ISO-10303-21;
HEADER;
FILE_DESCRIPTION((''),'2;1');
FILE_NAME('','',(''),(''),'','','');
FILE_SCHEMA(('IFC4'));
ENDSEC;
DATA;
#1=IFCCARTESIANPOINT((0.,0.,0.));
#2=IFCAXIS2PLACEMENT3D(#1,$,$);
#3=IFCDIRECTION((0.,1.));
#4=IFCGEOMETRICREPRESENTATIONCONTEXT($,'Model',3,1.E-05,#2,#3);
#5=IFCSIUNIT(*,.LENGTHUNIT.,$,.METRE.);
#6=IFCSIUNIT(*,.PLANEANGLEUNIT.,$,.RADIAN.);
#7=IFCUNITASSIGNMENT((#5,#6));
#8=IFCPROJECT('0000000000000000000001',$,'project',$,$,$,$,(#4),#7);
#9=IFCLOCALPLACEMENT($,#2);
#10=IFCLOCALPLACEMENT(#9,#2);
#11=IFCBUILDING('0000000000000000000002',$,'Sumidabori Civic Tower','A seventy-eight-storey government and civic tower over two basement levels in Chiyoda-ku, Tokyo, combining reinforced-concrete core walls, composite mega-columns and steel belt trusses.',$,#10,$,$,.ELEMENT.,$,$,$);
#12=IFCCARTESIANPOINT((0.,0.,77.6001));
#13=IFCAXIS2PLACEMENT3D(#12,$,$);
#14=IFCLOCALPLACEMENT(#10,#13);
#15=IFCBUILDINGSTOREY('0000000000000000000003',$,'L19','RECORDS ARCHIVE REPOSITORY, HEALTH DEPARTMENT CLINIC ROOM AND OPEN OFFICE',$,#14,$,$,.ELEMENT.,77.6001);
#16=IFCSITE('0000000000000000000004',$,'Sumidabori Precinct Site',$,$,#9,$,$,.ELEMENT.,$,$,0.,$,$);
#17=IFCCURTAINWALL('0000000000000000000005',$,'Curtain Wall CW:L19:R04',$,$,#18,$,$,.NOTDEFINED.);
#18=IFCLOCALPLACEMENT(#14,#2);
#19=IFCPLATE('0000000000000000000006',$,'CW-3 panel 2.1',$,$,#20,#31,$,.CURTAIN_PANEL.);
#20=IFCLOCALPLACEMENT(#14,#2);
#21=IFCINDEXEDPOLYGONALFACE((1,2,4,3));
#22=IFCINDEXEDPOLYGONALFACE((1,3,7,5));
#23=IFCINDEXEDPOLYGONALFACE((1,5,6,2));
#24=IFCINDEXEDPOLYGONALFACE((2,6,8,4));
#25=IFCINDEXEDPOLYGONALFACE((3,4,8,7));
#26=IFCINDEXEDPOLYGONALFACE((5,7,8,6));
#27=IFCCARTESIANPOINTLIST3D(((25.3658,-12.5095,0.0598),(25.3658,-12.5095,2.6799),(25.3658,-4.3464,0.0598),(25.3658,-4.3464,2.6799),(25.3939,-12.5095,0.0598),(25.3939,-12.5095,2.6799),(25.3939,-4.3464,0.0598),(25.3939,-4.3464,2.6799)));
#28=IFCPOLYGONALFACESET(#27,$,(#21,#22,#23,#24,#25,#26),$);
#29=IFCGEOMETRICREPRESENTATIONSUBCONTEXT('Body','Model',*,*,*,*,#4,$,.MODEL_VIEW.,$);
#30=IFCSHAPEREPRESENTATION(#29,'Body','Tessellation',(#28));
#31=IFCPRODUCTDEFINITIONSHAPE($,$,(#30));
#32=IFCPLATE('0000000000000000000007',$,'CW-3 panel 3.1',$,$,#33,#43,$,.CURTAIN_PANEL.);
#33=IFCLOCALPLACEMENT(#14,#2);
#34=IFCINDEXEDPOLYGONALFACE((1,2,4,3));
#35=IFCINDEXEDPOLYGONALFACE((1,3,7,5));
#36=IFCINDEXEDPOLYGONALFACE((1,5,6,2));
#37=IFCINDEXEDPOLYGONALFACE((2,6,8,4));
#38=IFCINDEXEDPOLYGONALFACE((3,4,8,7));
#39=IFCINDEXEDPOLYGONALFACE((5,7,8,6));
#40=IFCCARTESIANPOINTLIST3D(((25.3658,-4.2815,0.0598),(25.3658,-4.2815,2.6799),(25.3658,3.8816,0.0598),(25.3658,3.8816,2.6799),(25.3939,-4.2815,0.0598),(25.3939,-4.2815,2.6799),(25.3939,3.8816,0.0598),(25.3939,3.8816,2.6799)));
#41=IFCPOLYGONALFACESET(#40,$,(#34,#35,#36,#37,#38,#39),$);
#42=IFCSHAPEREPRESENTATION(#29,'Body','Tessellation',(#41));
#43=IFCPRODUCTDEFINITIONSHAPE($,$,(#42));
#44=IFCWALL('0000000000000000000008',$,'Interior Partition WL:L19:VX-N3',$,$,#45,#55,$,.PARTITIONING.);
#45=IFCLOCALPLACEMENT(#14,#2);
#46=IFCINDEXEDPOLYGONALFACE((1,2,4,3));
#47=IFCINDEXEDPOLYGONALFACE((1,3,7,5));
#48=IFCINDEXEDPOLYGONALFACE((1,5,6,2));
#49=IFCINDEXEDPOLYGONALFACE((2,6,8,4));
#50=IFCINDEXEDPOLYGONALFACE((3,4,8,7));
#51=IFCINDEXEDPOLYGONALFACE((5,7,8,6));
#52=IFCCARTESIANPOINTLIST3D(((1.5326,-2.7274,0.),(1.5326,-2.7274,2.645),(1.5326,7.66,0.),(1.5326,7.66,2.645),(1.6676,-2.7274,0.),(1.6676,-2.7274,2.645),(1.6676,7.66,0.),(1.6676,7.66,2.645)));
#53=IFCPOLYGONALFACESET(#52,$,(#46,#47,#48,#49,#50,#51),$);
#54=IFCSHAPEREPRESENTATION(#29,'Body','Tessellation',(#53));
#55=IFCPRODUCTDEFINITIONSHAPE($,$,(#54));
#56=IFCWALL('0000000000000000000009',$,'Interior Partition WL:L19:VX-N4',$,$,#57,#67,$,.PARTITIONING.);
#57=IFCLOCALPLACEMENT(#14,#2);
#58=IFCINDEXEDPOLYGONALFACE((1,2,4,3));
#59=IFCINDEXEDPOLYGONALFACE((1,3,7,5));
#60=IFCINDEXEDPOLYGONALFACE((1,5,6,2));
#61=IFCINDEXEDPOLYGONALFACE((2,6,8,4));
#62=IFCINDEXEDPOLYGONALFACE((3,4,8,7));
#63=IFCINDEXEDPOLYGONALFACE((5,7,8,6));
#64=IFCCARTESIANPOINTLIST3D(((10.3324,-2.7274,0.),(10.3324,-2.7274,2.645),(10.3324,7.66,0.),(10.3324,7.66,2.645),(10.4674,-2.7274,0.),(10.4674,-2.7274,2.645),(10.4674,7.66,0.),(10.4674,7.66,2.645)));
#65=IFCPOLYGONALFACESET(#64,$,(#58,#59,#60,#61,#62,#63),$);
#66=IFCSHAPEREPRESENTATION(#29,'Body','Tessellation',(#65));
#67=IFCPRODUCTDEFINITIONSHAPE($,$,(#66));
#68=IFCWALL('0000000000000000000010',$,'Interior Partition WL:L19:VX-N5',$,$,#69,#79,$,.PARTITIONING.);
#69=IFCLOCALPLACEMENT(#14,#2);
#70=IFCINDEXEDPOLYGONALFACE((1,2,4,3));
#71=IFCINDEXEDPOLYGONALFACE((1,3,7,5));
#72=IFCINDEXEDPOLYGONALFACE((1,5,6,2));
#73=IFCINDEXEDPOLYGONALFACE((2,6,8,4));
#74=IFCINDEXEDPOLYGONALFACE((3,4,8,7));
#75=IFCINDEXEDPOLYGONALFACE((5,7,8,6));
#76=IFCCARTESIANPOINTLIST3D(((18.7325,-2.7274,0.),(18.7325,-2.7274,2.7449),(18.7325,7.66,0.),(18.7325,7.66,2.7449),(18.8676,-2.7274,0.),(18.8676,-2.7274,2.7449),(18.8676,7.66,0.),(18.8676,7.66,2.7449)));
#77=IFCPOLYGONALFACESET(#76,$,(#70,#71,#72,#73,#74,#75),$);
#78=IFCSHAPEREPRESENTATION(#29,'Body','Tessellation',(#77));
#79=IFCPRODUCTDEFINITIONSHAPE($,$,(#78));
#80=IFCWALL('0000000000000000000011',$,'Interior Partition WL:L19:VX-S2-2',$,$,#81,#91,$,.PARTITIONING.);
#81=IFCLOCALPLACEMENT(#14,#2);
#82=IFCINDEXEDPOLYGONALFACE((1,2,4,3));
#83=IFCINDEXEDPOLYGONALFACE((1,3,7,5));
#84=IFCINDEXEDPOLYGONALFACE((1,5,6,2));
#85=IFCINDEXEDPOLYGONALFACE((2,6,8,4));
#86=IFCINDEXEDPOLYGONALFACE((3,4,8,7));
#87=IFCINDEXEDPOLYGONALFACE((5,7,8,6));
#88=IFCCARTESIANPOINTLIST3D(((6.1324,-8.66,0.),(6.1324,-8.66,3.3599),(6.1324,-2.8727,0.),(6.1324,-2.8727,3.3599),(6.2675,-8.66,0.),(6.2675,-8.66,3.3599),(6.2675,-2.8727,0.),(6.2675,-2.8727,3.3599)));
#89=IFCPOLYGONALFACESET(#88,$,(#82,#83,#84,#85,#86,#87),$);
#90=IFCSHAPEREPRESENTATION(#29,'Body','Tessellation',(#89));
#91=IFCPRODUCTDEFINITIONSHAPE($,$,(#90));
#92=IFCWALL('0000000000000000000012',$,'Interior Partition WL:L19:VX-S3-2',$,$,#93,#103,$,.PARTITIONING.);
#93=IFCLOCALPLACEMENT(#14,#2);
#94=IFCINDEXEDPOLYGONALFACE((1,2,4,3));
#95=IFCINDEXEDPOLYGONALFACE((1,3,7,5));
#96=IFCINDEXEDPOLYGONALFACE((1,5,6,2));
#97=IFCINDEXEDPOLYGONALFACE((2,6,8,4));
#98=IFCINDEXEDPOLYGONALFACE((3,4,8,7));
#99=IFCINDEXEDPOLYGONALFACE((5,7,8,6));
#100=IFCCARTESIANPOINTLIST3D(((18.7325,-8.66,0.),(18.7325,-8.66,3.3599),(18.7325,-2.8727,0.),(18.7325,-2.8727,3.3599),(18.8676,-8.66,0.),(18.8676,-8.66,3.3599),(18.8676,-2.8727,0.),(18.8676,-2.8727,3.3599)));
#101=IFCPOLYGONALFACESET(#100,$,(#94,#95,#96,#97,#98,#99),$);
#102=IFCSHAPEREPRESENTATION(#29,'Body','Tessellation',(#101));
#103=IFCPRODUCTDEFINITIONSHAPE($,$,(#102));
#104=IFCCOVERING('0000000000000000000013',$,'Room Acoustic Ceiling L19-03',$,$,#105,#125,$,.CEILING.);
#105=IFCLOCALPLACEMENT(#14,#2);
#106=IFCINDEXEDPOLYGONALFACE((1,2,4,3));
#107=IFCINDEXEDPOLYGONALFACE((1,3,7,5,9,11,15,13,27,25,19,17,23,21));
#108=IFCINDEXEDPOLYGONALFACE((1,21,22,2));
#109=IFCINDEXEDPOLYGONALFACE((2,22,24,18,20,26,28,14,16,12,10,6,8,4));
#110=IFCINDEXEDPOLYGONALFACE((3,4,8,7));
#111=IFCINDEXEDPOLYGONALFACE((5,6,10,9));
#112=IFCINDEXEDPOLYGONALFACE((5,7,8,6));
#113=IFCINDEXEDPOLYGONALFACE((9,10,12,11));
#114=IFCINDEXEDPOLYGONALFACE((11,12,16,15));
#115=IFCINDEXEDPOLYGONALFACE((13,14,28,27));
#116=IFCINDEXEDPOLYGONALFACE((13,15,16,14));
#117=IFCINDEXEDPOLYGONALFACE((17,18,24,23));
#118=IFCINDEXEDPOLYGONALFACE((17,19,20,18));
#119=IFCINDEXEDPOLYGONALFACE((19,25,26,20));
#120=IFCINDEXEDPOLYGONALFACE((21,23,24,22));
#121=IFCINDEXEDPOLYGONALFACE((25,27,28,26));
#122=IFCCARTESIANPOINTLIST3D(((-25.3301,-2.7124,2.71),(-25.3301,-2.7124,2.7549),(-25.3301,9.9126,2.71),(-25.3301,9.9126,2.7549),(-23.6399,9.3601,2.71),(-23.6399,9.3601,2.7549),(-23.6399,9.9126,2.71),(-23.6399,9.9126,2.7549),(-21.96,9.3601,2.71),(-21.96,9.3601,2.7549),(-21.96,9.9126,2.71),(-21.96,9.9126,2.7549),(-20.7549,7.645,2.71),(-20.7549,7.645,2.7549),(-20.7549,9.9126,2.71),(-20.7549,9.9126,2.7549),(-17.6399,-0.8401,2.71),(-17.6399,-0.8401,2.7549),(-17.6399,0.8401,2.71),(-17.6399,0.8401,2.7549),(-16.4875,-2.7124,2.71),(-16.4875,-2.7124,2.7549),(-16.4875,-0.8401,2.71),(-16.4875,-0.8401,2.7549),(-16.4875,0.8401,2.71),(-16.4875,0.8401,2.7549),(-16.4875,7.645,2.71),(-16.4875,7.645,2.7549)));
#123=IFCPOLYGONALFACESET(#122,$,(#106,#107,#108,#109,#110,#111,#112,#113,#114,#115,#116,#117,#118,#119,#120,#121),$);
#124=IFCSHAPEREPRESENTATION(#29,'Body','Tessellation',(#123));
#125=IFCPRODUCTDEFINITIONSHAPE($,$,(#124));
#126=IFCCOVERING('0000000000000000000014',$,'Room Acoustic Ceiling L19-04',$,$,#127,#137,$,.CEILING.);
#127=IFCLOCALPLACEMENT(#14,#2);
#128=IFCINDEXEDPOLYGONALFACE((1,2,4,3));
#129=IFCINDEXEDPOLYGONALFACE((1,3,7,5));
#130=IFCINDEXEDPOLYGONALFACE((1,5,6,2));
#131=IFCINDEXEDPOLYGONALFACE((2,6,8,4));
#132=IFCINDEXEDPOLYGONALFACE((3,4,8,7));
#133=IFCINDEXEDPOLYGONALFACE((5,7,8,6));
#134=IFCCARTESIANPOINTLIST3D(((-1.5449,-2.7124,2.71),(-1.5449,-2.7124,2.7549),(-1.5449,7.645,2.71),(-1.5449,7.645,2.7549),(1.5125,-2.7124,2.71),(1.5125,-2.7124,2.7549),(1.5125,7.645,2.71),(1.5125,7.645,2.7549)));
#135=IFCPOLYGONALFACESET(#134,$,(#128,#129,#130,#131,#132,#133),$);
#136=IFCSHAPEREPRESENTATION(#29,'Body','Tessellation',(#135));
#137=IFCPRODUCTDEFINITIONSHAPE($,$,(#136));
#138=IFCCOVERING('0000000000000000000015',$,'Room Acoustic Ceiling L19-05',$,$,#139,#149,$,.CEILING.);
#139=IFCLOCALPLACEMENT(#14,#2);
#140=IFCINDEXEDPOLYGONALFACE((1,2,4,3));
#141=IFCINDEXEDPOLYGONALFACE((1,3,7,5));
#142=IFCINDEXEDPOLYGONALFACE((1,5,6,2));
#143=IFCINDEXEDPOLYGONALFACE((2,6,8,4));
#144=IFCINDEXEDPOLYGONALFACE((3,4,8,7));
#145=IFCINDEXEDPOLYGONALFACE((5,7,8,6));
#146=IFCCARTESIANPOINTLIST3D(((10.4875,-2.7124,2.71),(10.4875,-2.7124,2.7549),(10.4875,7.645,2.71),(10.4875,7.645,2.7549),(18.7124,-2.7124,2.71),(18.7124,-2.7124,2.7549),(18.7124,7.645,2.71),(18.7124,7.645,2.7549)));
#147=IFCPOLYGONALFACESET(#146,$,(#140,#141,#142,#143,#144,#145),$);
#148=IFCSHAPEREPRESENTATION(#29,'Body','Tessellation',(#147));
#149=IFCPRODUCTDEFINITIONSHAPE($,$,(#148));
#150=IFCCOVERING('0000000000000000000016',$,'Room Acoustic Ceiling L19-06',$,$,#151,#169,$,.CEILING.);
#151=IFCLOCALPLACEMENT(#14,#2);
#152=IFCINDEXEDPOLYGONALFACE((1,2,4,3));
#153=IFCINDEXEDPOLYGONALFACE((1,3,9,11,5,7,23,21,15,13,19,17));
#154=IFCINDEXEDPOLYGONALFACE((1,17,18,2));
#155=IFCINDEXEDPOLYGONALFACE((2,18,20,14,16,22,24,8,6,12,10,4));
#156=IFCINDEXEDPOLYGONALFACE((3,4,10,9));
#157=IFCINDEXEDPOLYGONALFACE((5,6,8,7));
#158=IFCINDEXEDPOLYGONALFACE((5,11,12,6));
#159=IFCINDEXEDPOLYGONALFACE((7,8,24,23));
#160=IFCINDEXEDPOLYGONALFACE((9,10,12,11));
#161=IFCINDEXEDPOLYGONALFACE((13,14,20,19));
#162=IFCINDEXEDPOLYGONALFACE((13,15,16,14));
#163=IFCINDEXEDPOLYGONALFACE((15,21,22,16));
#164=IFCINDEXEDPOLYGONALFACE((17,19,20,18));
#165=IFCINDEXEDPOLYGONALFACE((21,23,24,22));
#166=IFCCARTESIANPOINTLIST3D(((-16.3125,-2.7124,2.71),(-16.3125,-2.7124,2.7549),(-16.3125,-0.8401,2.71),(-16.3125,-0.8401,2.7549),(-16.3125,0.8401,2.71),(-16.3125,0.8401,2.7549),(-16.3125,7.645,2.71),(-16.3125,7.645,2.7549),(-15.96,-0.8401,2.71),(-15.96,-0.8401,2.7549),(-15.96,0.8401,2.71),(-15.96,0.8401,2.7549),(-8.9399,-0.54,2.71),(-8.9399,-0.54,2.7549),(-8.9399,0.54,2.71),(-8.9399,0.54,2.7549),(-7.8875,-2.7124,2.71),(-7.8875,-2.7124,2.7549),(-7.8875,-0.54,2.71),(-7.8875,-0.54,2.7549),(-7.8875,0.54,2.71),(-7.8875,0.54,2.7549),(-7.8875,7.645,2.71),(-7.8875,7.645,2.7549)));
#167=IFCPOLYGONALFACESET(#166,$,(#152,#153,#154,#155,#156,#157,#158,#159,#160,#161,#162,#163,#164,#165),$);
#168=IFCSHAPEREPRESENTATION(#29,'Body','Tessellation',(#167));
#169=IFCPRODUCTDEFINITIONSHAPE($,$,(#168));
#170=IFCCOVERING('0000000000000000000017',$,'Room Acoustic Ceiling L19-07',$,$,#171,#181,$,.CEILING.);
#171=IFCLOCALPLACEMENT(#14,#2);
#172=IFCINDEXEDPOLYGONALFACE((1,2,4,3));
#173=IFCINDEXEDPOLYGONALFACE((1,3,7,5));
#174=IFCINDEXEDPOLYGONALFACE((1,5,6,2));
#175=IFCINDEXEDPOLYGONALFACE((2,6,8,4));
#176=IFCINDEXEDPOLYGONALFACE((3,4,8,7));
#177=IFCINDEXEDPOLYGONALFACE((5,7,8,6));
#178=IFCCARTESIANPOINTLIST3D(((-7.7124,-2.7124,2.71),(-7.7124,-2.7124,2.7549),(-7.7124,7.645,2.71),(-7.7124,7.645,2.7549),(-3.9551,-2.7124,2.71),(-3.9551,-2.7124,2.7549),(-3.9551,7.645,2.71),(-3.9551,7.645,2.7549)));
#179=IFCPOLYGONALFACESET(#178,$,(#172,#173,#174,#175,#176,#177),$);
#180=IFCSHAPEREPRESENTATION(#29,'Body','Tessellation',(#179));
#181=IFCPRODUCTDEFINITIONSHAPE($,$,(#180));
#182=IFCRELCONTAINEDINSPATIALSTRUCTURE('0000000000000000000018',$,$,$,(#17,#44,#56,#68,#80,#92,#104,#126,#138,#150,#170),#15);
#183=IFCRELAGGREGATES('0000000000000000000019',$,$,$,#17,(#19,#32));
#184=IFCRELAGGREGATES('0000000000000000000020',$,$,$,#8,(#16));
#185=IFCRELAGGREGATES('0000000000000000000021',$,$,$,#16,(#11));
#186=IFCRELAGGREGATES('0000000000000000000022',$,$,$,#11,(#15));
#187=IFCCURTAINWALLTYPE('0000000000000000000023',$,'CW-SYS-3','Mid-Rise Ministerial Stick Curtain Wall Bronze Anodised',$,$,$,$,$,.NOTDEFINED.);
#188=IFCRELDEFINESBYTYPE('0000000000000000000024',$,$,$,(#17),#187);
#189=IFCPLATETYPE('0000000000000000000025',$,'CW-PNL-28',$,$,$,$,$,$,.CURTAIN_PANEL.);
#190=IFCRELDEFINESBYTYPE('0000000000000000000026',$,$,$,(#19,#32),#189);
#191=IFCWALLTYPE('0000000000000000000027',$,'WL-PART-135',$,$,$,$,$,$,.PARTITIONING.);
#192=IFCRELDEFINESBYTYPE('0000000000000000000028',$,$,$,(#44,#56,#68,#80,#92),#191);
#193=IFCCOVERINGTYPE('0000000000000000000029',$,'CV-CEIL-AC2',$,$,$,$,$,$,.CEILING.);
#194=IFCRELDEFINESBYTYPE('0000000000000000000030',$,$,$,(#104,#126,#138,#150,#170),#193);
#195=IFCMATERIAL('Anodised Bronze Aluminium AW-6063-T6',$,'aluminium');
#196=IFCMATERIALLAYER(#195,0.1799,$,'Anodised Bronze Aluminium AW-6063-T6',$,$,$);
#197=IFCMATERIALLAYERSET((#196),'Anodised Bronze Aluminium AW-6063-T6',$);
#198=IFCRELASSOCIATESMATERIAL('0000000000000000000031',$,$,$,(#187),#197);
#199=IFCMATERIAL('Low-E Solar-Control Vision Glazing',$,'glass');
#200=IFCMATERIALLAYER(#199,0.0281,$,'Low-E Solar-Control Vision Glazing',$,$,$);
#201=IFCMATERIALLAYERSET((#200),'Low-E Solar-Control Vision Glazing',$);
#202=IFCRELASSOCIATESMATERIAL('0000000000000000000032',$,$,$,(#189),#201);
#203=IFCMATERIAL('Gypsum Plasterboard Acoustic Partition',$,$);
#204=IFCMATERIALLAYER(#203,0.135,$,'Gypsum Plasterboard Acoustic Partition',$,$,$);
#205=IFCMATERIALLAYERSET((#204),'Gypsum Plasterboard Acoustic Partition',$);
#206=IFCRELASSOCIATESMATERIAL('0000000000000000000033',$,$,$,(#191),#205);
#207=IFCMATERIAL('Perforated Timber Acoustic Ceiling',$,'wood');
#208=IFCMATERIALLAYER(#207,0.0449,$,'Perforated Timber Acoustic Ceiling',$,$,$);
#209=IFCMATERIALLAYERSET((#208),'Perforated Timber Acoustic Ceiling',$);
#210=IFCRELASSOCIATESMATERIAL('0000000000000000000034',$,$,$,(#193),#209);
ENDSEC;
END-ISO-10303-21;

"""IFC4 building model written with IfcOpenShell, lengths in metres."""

from ifc_helpers import new_model, si_unit, direction, frame, frame_2d, origin, origin_2d, place, context, subcontext, project, spatial, polyline, rectangle, outline, extrude, source, transform, mapped, material, layer, layer_set, type_object, element, aggregate, save


model = new_model("IFC4")

# Units and contexts
model_context = context("Model", 3, precision=1e-05, world=origin(), true_north=direction((0.0, 1.0)))
body_context = subcontext(model_context, "Body", "Model", "MODEL_VIEW")
ifc_project = project(units=[si_unit("LENGTHUNIT", "METRE"), si_unit("PLANEANGLEUNIT", "RADIAN")], contexts=[model_context])

# Site, building, storey
site_placement = place(None, origin())
site = spatial("IfcSite", under=ifc_project, at=site_placement, Name="Sumidabori Precinct Site", CompositionType="ELEMENT", RefElevation=0.0)
building_placement = place(site_placement, origin())
building = spatial("IfcBuilding", under=site, at=building_placement, Name="Sumidabori Civic Tower", Description="A seventy-eight-storey government and civic tower over two basement levels in Chiyoda-ku, Tokyo, combining reinforced-concrete core walls, composite mega-columns and steel belt trusses.", CompositionType="ELEMENT")
storey_placement = place(building_placement, frame((0.0, 0.0, 77.6001)))
storey = spatial("IfcBuildingStorey", under=building, at=storey_placement, Name="L19", Description="RECORDS ARCHIVE REPOSITORY, HEALTH DEPARTMENT CLINIC ROOM AND OPEN OFFICE", CompositionType="ELEMENT", Elevation=77.6001)

# Curtain wall, plates
ifc_material_1 = material(Name="Anodised Bronze Aluminium AW-6063-T6", Category="aluminium")
ifc_layer_1 = layer(ifc_material_1, 0.1799, Name="Anodised Bronze Aluminium AW-6063-T6")
ifc_layer_set_1 = layer_set([ifc_layer_1], Name="Anodised Bronze Aluminium AW-6063-T6")
curtain_wall_type = type_object("IfcCurtainWallType", Name="CW-SYS-3", Description="Mid-Rise Ministerial Stick Curtain Wall Bronze Anodised", PredefinedType="NOTDEFINED", material=ifc_layer_set_1)
curtain_wall_placement = place(storey_placement, origin())
curtain_wall = element("IfcCurtainWall", 1, at=curtain_wall_placement, inside=storey, type_object=curtain_wall_type, Name="Curtain Wall CW:L19:R04", PredefinedType="NOTDEFINED")
ifc_material_2 = material(Name="Low-E Solar-Control Vision Glazing", Category="glass")
ifc_layer_2 = layer(ifc_material_2, 0.0281, Name="Low-E Solar-Control Vision Glazing")
ifc_layer_set_2 = layer_set([ifc_layer_2], Name="Low-E Solar-Control Vision Glazing")
plate_type = type_object("IfcPlateType", Name="CW-PNL-28", PredefinedType="CURTAIN_PANEL", material=ifc_layer_set_2)
shared_shape_1 = source(origin(), body_context, "Body", "SweptSolid", [
    extrude(rectangle(XDim=8.1631, YDim=0.0281, at=origin_2d()), origin(), (0.0, 0.0, 1.0), 2.6201),
])
plate_1_placement = place(storey_placement, frame((25.3799, -8.428, 0.0598), z_axis=(0.0, 0.0, 1.0), x_axis=(0.0, 1.0, 0.0)))
plate_1 = element("IfcPlate", 2, at=plate_1_placement, type_object=plate_type, Name="CW-3 panel 2.1", PredefinedType="CURTAIN_PANEL", context=body_context, shape_type="MappedRepresentation", body=[
    mapped(shared_shape_1, transform((0.0, 0.0, 0.0), x_axis=(1.0, 0.0, 0.0), y_axis=(0.0, 1.0, 0.0), z_axis=(0.0, 0.0, 1.0), scale=1.0)),
])
plate_2_placement = place(storey_placement, frame((25.3799, -0.2, 0.0598), z_axis=(0.0, 0.0, 1.0), x_axis=(0.0, 1.0, 0.0)))
plate_2 = element("IfcPlate", 3, at=plate_2_placement, type_object=plate_type, Name="CW-3 panel 3.1", PredefinedType="CURTAIN_PANEL", context=body_context, shape_type="MappedRepresentation", body=[
    mapped(shared_shape_1, transform((0.0, 0.0, 0.0), x_axis=(1.0, 0.0, 0.0), y_axis=(0.0, 1.0, 0.0), z_axis=(0.0, 0.0, 1.0), scale=1.0)),
])
aggregate(curtain_wall, [plate_1, plate_2])

# Walls
ifc_material_3 = material(Name="Gypsum Plasterboard Acoustic Partition")
ifc_layer_3 = layer(ifc_material_3, 0.135, Name="Gypsum Plasterboard Acoustic Partition")
ifc_layer_set_3 = layer_set([ifc_layer_3], Name="Gypsum Plasterboard Acoustic Partition")
wall_type = type_object("IfcWallType", Name="WL-PART-135", PredefinedType="PARTITIONING", material=ifc_layer_set_3)
shared_shape_2 = source(origin(), body_context, "Body", "SweptSolid", [
    extrude(rectangle(XDim=10.3875, YDim=0.135, at=frame_2d((5.1938, 0.0))), origin(), (0.0, 0.0, 1.0), 2.645),
])
for number, where, z_axis, x_axis, name in (
    (4, (1.6001, -2.7275, 0.0), (0.0, 0.0, 1.0), (0.0, 1.0, 0.0), "Interior Partition WL:L19:VX-N3"),
    (5, (10.3999, -2.7275, 0.0), (0.0, 0.0, 1.0), (0.0, 1.0, 0.0), "Interior Partition WL:L19:VX-N4"),
):
    element("IfcWall", number, at=place(storey_placement, frame(where, z_axis=z_axis, x_axis=x_axis)), inside=storey, type_object=wall_type, Name=name, PredefinedType="PARTITIONING", context=body_context, shape_type="MappedRepresentation", body=[
        mapped(shared_shape_2, transform((0.0, 0.0, 0.0), x_axis=(1.0, 0.0, 0.0), y_axis=(0.0, 1.0, 0.0), z_axis=(0.0, 0.0, 1.0), scale=1.0)),
    ])
shared_shape_3 = source(origin(), body_context, "Body", "SweptSolid", [
    extrude(rectangle(XDim=10.3875, YDim=0.135, at=frame_2d((5.1938, 0.0))), origin(), (0.0, 0.0, 1.0), 2.7449),
])
wall_placement = place(storey_placement, frame((18.8, -2.7275, 0.0), z_axis=(0.0, 0.0, 1.0), x_axis=(0.0, 1.0, 0.0)))
element("IfcWall", 6, at=wall_placement, inside=storey, type_object=wall_type, Name="Interior Partition WL:L19:VX-N5", PredefinedType="PARTITIONING", context=body_context, shape_type="MappedRepresentation", body=[
    mapped(shared_shape_3, transform((0.0, 0.0, 0.0), x_axis=(1.0, 0.0, 0.0), y_axis=(0.0, 1.0, 0.0), z_axis=(0.0, 0.0, 1.0), scale=1.0)),
])
shared_shape_4 = source(origin(), body_context, "Body", "SweptSolid", [
    extrude(rectangle(XDim=5.7874, YDim=0.135, at=frame_2d((2.8936, 0.0))), origin(), (0.0, 0.0, 1.0), 3.3599),
])
for number, where, z_axis, x_axis, name in (
    (7, (6.2, -8.6599, 0.0), (0.0, 0.0, 1.0), (0.0, 1.0, 0.0), "Interior Partition WL:L19:VX-S2-2"),
    (8, (18.8, -8.6599, 0.0), (0.0, 0.0, 1.0), (0.0, 1.0, 0.0), "Interior Partition WL:L19:VX-S3-2"),
):
    element("IfcWall", number, at=place(storey_placement, frame(where, z_axis=z_axis, x_axis=x_axis)), inside=storey, type_object=wall_type, Name=name, PredefinedType="PARTITIONING", context=body_context, shape_type="MappedRepresentation", body=[
        mapped(shared_shape_4, transform((0.0, 0.0, 0.0), x_axis=(1.0, 0.0, 0.0), y_axis=(0.0, 1.0, 0.0), z_axis=(0.0, 0.0, 1.0), scale=1.0)),
    ])

# Coverings
ifc_material_4 = material(Name="Perforated Timber Acoustic Ceiling", Category="wood")
ifc_layer_4 = layer(ifc_material_4, 0.0449, Name="Perforated Timber Acoustic Ceiling")
ifc_layer_set_4 = layer_set([ifc_layer_4], Name="Perforated Timber Acoustic Ceiling")
covering_type_1 = type_object("IfcCoveringType", Name="CV-CEIL-AC2", PredefinedType="CEILING", material=ifc_layer_set_4)
covering_1_placement = place(storey_placement, frame((0.0, 0.0, 2.71)))
element("IfcCovering", 9, at=covering_1_placement, inside=storey, type_object=covering_type_1, Name="Room Acoustic Ceiling L19-03", PredefinedType="CEILING", context=body_context, shape_type="SweptSolid", body=[
    extrude(outline(polyline([(-25.3301, -2.7124), (-25.3301, 9.9126), (-23.6399, 9.9126), (-23.6399, 9.3601), (-21.96, 9.3601), (-21.96, 9.9126), (-20.7549, 9.9126), (-20.7549, 7.645), (-16.4875, 7.645), (-16.4875, 0.8401), (-17.6399, 0.8401), (-17.6399, -0.8401), (-16.4875, -0.8401), (-16.4875, -2.7124), (-25.3301, -2.7124)])), origin(), (0.0, 0.0, 1.0), 0.0449),
])
covering_2_placement = place(storey_placement, frame((0.0, 0.0, 2.71)))
element("IfcCovering", 10, at=covering_2_placement, inside=storey, type_object=covering_type_1, Name="Room Acoustic Ceiling L19-04", PredefinedType="CEILING", context=body_context, shape_type="SweptSolid", body=[
    extrude(outline(polyline([(-1.5449, 7.645), (1.5125, 7.645), (1.5125, -2.7124), (-1.5449, -2.7124), (-1.5449, 7.645)])), origin(), (0.0, 0.0, 1.0), 0.0449),
])
covering_3_placement = place(storey_placement, frame((0.0, 0.0, 2.71)))
element("IfcCovering", 11, at=covering_3_placement, inside=storey, type_object=covering_type_1, Name="Room Acoustic Ceiling L19-05", PredefinedType="CEILING", context=body_context, shape_type="SweptSolid", body=[
    extrude(outline(polyline([(10.4875, 7.645), (18.7124, 7.645), (18.7124, -2.7124), (10.4875, -2.7124), (10.4875, 7.645)])), origin(), (0.0, 0.0, 1.0), 0.0449),
])
covering_4_placement = place(storey_placement, frame((0.0, 0.0, 2.71)))
element("IfcCovering", 12, at=covering_4_placement, inside=storey, type_object=covering_type_1, Name="Room Acoustic Ceiling L19-06", PredefinedType="CEILING", context=body_context, shape_type="SweptSolid", body=[
    extrude(outline(polyline([(-16.3125, -2.7124), (-16.3125, -0.8401), (-15.96, -0.8401), (-15.96, 0.8401), (-16.3125, 0.8401), (-16.3125, 7.645), (-7.8875, 7.645), (-7.8875, 0.54), (-8.9399, 0.54), (-8.9399, -0.54), (-7.8875, -0.54), (-7.8875, -2.7124), (-16.3125, -2.7124)])), origin(), (0.0, 0.0, 1.0), 0.0449),
])
covering_5_placement = place(storey_placement, frame((0.0, 0.0, 2.71)))
element("IfcCovering", 13, at=covering_5_placement, inside=storey, type_object=covering_type_1, Name="Room Acoustic Ceiling L19-07", PredefinedType="CEILING", context=body_context, shape_type="SweptSolid", body=[
    extrude(outline(polyline([(-7.7124, -2.7124), (-7.7124, 7.645), (-3.9551, 7.645), (-3.9551, -2.7124), (-7.7124, -2.7124)])), origin(), (0.0, 0.0, 1.0), 0.0449),
])

save(model, "model.ifc")
